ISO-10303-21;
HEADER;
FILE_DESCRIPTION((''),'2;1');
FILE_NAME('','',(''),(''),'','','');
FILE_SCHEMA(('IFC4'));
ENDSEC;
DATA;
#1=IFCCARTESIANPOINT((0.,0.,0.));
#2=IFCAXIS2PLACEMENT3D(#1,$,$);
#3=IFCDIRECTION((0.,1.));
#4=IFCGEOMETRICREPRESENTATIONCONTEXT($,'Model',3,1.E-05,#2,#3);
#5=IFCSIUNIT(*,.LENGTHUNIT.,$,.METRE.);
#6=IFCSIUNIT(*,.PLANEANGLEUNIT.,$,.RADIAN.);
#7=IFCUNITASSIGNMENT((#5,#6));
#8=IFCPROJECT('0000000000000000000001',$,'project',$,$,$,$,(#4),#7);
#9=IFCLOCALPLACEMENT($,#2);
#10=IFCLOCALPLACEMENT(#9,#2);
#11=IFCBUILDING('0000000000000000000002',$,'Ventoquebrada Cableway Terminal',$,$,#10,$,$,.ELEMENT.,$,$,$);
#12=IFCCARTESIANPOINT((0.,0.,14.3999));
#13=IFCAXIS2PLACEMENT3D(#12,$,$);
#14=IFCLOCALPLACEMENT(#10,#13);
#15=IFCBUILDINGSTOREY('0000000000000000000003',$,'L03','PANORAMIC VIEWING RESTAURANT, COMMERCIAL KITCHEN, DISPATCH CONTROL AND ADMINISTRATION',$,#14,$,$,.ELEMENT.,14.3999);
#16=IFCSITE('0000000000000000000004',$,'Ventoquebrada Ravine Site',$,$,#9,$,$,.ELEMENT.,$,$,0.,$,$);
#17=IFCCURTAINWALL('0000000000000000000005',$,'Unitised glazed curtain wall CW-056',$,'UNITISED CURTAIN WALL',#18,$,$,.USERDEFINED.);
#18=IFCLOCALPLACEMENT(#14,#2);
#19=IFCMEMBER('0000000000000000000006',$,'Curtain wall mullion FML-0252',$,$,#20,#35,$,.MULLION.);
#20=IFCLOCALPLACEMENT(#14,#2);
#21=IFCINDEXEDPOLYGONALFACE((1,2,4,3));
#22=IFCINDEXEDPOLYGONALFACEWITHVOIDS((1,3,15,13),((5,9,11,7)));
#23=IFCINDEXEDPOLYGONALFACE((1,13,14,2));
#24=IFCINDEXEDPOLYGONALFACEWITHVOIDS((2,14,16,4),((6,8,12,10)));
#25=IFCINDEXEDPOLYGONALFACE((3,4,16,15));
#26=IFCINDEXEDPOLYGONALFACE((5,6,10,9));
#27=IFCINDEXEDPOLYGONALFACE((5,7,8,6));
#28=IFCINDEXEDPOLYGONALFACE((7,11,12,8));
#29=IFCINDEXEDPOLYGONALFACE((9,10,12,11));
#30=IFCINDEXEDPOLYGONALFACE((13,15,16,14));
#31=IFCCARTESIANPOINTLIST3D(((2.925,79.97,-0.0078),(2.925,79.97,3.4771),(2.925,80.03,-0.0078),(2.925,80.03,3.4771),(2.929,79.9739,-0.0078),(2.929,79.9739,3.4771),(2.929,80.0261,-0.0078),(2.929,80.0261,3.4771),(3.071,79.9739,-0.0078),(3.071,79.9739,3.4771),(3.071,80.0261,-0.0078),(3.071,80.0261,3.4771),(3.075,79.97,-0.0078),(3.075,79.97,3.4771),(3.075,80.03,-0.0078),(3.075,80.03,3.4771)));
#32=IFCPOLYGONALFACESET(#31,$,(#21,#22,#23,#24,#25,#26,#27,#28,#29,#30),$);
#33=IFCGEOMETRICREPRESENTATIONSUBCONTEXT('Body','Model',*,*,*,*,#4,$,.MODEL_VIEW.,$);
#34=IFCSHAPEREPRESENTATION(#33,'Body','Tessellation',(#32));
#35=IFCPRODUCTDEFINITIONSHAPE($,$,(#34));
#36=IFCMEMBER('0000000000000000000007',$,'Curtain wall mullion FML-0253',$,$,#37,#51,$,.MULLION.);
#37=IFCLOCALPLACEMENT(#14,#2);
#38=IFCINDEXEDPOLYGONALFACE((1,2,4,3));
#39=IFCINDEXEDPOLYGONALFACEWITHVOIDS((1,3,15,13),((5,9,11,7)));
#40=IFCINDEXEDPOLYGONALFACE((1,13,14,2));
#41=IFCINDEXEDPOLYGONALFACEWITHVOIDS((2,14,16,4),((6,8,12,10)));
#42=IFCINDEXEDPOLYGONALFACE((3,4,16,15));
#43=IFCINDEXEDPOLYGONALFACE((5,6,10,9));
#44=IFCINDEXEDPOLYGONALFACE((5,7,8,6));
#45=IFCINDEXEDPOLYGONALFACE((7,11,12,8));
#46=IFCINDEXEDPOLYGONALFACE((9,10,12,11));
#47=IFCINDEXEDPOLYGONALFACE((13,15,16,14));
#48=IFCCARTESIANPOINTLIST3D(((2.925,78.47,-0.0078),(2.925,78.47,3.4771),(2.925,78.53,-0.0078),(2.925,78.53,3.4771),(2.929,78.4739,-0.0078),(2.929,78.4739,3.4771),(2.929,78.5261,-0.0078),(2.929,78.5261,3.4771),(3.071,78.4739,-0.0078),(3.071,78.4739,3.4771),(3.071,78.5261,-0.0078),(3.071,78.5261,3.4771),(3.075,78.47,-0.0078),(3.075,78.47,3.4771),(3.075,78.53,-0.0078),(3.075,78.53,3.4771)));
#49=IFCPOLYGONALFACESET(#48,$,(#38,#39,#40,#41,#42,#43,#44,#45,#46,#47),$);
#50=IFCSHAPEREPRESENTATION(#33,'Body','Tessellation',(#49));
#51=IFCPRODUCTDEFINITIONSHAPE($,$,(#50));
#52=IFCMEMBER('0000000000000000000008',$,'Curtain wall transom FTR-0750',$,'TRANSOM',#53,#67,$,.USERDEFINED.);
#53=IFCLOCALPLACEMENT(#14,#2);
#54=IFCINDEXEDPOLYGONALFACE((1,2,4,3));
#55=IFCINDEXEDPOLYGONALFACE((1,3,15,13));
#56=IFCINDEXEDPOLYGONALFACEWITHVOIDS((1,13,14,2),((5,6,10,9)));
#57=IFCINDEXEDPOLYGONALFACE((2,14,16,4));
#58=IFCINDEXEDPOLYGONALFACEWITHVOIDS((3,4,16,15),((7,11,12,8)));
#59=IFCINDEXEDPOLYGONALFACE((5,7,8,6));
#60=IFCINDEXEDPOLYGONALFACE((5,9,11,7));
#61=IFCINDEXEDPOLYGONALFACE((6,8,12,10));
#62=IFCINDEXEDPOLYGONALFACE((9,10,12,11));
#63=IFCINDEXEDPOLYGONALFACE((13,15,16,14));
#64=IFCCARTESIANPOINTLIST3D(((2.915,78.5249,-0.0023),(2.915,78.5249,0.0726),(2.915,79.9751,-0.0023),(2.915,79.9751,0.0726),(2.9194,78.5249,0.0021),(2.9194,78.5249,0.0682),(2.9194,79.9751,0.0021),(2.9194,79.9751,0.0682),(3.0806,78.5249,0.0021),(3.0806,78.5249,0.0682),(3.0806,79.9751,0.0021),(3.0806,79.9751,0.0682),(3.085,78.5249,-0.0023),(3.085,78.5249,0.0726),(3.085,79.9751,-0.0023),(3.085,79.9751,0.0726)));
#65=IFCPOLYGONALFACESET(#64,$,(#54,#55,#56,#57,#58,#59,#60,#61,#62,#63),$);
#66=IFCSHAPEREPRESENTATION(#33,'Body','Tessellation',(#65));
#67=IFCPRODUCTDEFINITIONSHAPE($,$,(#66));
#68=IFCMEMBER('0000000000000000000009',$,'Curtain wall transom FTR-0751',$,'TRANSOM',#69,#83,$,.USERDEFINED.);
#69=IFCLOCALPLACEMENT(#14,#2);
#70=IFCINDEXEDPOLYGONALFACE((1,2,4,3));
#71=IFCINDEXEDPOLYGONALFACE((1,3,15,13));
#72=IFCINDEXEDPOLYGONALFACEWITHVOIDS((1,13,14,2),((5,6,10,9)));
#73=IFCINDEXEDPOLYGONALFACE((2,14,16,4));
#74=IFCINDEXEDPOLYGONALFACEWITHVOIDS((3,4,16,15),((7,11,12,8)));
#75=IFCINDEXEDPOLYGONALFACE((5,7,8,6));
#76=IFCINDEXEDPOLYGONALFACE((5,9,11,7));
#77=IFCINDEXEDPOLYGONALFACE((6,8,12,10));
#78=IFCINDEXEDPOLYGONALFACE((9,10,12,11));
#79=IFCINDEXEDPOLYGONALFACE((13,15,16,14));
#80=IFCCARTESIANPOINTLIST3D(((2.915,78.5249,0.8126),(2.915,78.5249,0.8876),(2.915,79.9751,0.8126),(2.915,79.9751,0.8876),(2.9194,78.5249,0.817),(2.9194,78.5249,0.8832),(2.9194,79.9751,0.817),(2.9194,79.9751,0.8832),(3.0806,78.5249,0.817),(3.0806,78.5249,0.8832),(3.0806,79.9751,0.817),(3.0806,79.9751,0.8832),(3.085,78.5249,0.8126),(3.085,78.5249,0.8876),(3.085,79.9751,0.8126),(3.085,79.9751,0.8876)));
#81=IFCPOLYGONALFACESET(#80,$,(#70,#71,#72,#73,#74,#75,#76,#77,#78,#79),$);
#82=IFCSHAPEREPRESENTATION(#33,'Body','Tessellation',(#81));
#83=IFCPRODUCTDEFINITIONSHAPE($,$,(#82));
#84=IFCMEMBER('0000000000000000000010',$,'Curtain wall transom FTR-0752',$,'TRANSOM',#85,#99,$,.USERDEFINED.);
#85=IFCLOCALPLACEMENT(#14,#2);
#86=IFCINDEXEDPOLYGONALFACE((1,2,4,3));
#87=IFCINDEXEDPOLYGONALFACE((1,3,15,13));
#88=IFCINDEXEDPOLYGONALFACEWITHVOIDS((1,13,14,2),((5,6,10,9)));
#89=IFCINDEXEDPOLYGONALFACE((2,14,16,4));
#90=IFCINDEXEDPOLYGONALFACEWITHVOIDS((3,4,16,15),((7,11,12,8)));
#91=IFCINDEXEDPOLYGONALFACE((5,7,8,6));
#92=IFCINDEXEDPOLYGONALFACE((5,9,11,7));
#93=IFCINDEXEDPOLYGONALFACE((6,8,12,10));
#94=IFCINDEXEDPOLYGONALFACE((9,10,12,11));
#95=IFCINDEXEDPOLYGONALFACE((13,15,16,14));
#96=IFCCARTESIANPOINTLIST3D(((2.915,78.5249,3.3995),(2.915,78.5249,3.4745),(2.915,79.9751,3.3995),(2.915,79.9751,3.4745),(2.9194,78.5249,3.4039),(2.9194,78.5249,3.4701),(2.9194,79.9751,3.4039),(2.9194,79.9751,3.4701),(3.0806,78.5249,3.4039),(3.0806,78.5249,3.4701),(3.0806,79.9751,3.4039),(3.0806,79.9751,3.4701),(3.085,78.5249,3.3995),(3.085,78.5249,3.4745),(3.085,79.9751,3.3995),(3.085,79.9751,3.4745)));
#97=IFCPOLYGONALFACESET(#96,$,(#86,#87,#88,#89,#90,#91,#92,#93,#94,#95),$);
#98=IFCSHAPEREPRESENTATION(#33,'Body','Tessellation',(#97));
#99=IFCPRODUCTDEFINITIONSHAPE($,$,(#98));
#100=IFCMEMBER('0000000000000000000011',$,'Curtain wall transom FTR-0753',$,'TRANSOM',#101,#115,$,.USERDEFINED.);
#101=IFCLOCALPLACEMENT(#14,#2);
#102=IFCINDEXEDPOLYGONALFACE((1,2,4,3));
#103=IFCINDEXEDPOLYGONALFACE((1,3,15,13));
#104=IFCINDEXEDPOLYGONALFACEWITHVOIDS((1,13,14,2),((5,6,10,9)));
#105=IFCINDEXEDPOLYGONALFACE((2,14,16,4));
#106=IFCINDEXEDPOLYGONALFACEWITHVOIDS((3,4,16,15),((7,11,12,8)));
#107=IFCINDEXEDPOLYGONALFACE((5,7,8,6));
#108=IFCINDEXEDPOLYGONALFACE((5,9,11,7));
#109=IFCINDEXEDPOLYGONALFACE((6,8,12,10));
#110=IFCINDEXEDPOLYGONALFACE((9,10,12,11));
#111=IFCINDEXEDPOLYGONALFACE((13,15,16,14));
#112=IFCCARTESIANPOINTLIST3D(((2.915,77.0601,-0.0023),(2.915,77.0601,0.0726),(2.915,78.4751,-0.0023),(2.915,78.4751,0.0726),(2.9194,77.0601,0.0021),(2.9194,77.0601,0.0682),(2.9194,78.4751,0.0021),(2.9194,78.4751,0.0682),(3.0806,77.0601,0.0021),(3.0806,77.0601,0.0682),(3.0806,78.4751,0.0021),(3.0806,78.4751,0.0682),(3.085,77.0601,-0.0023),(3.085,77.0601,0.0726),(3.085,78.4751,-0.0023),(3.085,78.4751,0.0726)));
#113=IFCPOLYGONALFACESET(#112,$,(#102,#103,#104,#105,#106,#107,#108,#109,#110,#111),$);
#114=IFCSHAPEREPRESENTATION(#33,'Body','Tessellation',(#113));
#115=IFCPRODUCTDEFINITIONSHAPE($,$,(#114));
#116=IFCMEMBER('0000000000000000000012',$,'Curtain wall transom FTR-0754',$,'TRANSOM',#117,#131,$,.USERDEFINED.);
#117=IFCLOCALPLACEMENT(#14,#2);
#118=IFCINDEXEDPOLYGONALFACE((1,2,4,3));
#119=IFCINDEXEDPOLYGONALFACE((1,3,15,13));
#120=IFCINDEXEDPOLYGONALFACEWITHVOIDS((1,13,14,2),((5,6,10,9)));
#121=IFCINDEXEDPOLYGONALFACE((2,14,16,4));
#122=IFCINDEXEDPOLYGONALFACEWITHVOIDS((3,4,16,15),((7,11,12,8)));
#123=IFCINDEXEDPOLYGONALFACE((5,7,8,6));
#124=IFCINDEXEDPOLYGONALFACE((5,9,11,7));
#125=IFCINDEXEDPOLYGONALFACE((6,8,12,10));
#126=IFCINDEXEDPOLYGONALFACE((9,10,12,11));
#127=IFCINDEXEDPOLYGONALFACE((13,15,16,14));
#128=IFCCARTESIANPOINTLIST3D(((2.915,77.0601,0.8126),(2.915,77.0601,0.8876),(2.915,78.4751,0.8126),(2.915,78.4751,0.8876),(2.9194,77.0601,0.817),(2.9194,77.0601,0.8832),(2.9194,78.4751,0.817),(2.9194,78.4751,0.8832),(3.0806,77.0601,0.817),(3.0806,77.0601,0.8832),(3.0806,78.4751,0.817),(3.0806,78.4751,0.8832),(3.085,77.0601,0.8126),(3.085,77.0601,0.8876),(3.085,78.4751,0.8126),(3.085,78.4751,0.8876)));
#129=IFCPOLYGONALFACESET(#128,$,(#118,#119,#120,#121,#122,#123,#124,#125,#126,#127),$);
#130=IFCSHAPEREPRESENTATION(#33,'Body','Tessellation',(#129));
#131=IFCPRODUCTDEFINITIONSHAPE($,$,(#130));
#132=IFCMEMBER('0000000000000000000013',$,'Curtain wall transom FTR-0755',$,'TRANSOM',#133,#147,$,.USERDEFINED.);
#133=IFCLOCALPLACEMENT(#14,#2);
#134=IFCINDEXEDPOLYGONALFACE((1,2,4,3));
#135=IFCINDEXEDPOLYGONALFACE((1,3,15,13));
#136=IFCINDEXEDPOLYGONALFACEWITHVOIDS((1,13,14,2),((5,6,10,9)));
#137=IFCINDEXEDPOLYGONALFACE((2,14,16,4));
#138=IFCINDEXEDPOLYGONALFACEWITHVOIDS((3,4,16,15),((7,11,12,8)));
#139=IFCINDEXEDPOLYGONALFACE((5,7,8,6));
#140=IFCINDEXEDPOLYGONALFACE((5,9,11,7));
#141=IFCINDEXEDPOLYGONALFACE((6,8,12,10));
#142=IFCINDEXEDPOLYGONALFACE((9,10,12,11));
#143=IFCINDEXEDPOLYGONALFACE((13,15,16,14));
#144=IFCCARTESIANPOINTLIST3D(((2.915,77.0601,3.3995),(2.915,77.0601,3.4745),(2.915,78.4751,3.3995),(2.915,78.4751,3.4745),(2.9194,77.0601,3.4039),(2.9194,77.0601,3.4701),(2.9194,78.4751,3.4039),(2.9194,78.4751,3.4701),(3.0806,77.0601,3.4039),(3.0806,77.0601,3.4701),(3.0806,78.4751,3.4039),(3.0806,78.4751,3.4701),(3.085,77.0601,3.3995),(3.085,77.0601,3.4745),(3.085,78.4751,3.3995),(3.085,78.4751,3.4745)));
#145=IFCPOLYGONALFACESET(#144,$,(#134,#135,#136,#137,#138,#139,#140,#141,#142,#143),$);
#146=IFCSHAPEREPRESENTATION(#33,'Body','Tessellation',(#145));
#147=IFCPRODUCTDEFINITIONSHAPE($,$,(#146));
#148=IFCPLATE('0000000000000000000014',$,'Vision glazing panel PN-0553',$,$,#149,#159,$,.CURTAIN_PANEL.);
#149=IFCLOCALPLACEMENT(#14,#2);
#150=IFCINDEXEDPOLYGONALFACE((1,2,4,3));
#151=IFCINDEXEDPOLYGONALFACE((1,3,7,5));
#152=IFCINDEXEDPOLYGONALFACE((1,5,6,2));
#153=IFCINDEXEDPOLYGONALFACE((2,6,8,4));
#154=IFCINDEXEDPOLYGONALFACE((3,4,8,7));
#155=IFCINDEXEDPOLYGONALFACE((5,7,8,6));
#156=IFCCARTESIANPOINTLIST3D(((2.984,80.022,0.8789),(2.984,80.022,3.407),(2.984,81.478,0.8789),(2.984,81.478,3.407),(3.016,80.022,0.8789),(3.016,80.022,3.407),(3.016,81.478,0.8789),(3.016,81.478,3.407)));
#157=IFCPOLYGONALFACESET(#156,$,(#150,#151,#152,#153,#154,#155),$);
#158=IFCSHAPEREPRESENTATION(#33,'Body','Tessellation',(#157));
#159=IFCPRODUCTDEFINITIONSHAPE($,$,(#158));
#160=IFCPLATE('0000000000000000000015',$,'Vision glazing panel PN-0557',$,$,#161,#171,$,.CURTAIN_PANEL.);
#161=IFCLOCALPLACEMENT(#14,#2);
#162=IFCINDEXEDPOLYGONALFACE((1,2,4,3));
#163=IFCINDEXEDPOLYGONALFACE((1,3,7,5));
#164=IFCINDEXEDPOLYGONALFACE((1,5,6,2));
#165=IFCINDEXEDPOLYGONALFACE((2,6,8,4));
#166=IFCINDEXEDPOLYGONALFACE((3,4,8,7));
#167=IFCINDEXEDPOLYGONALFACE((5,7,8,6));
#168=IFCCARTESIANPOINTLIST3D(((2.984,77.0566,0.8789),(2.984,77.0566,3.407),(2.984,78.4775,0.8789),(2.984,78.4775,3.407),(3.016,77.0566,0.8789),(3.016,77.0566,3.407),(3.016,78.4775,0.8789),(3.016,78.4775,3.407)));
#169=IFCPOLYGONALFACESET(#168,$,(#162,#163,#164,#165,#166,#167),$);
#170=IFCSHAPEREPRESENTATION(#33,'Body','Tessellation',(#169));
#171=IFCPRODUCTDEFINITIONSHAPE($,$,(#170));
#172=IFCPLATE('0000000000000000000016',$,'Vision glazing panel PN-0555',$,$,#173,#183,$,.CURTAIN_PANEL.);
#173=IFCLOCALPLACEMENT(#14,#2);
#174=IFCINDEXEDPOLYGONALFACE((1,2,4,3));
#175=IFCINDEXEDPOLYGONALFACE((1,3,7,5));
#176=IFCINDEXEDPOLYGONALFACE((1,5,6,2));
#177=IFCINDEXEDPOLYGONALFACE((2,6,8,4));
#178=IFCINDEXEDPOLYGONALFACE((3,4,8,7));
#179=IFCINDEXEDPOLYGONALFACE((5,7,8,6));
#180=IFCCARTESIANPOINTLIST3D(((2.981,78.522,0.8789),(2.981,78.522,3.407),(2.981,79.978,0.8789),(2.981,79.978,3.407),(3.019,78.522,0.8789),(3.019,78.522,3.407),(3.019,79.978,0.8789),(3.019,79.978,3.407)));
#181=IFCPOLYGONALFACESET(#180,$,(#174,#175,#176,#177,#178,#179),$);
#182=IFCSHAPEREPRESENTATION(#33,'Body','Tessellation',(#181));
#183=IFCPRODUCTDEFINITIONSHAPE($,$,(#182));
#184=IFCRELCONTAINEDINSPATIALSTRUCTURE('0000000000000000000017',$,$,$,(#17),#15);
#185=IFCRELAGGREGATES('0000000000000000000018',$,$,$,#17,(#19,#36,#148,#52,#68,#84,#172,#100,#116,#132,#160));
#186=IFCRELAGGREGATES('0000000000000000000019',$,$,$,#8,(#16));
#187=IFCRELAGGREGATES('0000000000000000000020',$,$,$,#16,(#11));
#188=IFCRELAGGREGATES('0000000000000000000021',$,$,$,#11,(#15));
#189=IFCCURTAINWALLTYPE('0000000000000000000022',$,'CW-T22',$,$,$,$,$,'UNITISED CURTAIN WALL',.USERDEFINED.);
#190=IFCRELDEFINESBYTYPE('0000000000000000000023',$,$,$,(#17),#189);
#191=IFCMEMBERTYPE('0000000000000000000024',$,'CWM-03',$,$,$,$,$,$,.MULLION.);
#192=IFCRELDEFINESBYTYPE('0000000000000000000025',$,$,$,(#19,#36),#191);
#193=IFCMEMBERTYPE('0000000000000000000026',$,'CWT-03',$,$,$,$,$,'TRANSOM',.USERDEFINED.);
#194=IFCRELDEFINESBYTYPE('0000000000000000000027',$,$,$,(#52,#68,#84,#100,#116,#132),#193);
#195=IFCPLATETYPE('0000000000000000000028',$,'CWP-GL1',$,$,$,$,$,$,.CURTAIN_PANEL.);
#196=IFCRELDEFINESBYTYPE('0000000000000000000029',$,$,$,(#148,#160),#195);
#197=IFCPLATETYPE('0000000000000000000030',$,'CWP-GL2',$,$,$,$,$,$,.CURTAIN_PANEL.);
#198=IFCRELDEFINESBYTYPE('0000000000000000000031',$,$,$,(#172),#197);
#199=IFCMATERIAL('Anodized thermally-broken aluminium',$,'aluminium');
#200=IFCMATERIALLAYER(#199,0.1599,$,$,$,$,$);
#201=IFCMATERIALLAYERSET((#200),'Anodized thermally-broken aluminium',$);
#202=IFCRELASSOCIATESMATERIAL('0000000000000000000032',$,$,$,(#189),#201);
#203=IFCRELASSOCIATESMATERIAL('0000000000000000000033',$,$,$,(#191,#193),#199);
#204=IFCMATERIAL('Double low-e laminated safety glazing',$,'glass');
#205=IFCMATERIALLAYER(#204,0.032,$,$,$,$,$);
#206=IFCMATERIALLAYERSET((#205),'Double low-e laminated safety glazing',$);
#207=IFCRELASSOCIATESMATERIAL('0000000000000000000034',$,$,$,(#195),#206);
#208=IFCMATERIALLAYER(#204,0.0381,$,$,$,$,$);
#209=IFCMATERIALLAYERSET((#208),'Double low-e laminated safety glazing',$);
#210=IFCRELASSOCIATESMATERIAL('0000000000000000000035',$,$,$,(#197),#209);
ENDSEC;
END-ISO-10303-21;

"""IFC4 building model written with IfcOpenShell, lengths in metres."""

from ifc_helpers import new_model, si_unit, direction, frame, origin, origin_2d, place, context, subcontext, project, spatial, rectangle, hollow_rectangle, extrude, material, layer, layer_set, material_profile, profile_set, type_object, element, aggregate, save


model = new_model("IFC4")

# Units and contexts
model_context = context("Model", 3, precision=1e-05, world=origin(), true_north=direction((0.0, 1.0)))
body_context = subcontext(model_context, "Body", "Model", "MODEL_VIEW")
ifc_project = project(units=[si_unit("LENGTHUNIT", "METRE"), si_unit("PLANEANGLEUNIT", "RADIAN")], contexts=[model_context])

# Site, building, storey
site_placement = place(None, origin())
site = spatial("IfcSite", under=ifc_project, at=site_placement, Name="Ventoquebrada Ravine Site", CompositionType="ELEMENT", RefElevation=0.0)
building_placement = place(site_placement, origin())
building = spatial("IfcBuilding", under=site, at=building_placement, Name="Ventoquebrada Cableway Terminal", CompositionType="ELEMENT")
storey_placement = place(building_placement, frame((0.0, 0.0, 14.3999)))
storey = spatial("IfcBuildingStorey", under=building, at=storey_placement, Name="L03", Description="PANORAMIC VIEWING RESTAURANT, COMMERCIAL KITCHEN, DISPATCH CONTROL AND ADMINISTRATION", CompositionType="ELEMENT", Elevation=14.3999)

# Curtain wall, members, plates
ifc_material_1 = material(Name="Anodized thermally-broken aluminium", Category="aluminium")
ifc_layer_1 = layer(ifc_material_1, 0.1599)
ifc_layer_set_1 = layer_set([ifc_layer_1], Name="Anodized thermally-broken aluminium")
curtain_wall_type = type_object("IfcCurtainWallType", Name="CW-T22", ElementType="UNITISED CURTAIN WALL", PredefinedType="USERDEFINED", material=ifc_layer_set_1)
curtain_wall_placement = place(storey_placement, origin())
curtain_wall = element("IfcCurtainWall", 1, at=curtain_wall_placement, inside=storey, type_object=curtain_wall_type, Name="Unitised glazed curtain wall CW-056", ObjectType="UNITISED CURTAIN WALL", PredefinedType="USERDEFINED")
ifc_material_profile_1 = material_profile(ifc_material_1, hollow_rectangle(XDim=0.0601, YDim=0.1499, WallThickness=0.0039, at=origin_2d()), Name="CW-MUL-60X150")
ifc_profile_set_1 = profile_set([ifc_material_profile_1], Name="Anodized thermally-broken aluminium")
member_type_1 = type_object("IfcMemberType", Name="CWM-03", PredefinedType="MULLION", material=ifc_profile_set_1)
member_1_placement = place(storey_placement, frame((3.0, 80.0, -0.0078), z_axis=(0.0, 0.0, 1.0), x_axis=(0.0, -1.0, 0.0)))
member_1 = element("IfcMember", 2, at=member_1_placement, type_object=member_type_1, Name="Curtain wall mullion FML-0252", PredefinedType="MULLION", context=body_context, shape_type="SweptSolid", body=[
    extrude(hollow_rectangle(XDim=0.0601, YDim=0.1499, WallThickness=0.0039, at=origin_2d()), origin(), (0.0, 0.0, 1.0), 3.4849),
])
member_2_placement = place(storey_placement, frame((3.0, 78.5, -0.0078), z_axis=(0.0, 0.0, 1.0), x_axis=(0.0, -1.0, 0.0)))
member_2 = element("IfcMember", 3, at=member_2_placement, type_object=member_type_1, Name="Curtain wall mullion FML-0253", PredefinedType="MULLION", context=body_context, shape_type="SweptSolid", body=[
    extrude(hollow_rectangle(XDim=0.0601, YDim=0.1499, WallThickness=0.0039, at=origin_2d()), origin(), (0.0, 0.0, 1.0), 3.4849),
])
ifc_material_profile_2 = material_profile(ifc_material_1, hollow_rectangle(XDim=0.075, YDim=0.1699, WallThickness=0.0044, at=origin_2d()), Name="CW-TRN-75X170")
ifc_profile_set_2 = profile_set([ifc_material_profile_2], Name="Anodized thermally-broken aluminium")
member_type_2 = type_object("IfcMemberType", Name="CWT-03", ElementType="TRANSOM", PredefinedType="USERDEFINED", material=ifc_profile_set_2)
member_3_placement = place(storey_placement, frame((3.0, 79.9751, 0.0352), z_axis=(0.0, -1.0, 0.0), x_axis=(0.0, 0.0, 1.0)))
member_3 = element("IfcMember", 4, at=member_3_placement, type_object=member_type_2, Name="Curtain wall transom FTR-0750", ObjectType="TRANSOM", PredefinedType="USERDEFINED", context=body_context, shape_type="SweptSolid", body=[
    extrude(hollow_rectangle(XDim=0.075, YDim=0.1699, WallThickness=0.0044, at=origin_2d()), origin(), (0.0, 0.0, 1.0), 1.4502),
])
member_4_placement = place(storey_placement, frame((3.0, 79.9751, 0.8501), z_axis=(0.0, -1.0, 0.0), x_axis=(0.0, 0.0, 1.0)))
member_4 = element("IfcMember", 5, at=member_4_placement, type_object=member_type_2, Name="Curtain wall transom FTR-0751", ObjectType="TRANSOM", PredefinedType="USERDEFINED", context=body_context, shape_type="SweptSolid", body=[
    extrude(hollow_rectangle(XDim=0.075, YDim=0.1699, WallThickness=0.0044, at=origin_2d()), origin(), (0.0, 0.0, 1.0), 1.4502),
])
member_5_placement = place(storey_placement, frame((3.0, 79.9751, 3.437), z_axis=(0.0, -1.0, 0.0), x_axis=(0.0, 0.0, 1.0)))
member_5 = element("IfcMember", 6, at=member_5_placement, type_object=member_type_2, Name="Curtain wall transom FTR-0752", ObjectType="TRANSOM", PredefinedType="USERDEFINED", context=body_context, shape_type="SweptSolid", body=[
    extrude(hollow_rectangle(XDim=0.075, YDim=0.1699, WallThickness=0.0044, at=origin_2d()), origin(), (0.0, 0.0, 1.0), 1.4502),
])
member_6_placement = place(storey_placement, frame((3.0, 78.4751, 0.0352), z_axis=(0.0, -1.0, 0.0), x_axis=(0.0, 0.0, 1.0)))
member_6 = element("IfcMember", 7, at=member_6_placement, type_object=member_type_2, Name="Curtain wall transom FTR-0753", ObjectType="TRANSOM", PredefinedType="USERDEFINED", context=body_context, shape_type="SweptSolid", body=[
    extrude(hollow_rectangle(XDim=0.075, YDim=0.1699, WallThickness=0.0044, at=origin_2d()), origin(), (0.0, 0.0, 1.0), 1.415),
])
member_7_placement = place(storey_placement, frame((3.0, 78.4751, 0.8501), z_axis=(0.0, -1.0, 0.0), x_axis=(0.0, 0.0, 1.0)))
member_7 = element("IfcMember", 8, at=member_7_placement, type_object=member_type_2, Name="Curtain wall transom FTR-0754", ObjectType="TRANSOM", PredefinedType="USERDEFINED", context=body_context, shape_type="SweptSolid", body=[
    extrude(hollow_rectangle(XDim=0.075, YDim=0.1699, WallThickness=0.0044, at=origin_2d()), origin(), (0.0, 0.0, 1.0), 1.415),
])
member_8_placement = place(storey_placement, frame((3.0, 78.4751, 3.437), z_axis=(0.0, -1.0, 0.0), x_axis=(0.0, 0.0, 1.0)))
member_8 = element("IfcMember", 9, at=member_8_placement, type_object=member_type_2, Name="Curtain wall transom FTR-0755", ObjectType="TRANSOM", PredefinedType="USERDEFINED", context=body_context, shape_type="SweptSolid", body=[
    extrude(hollow_rectangle(XDim=0.075, YDim=0.1699, WallThickness=0.0044, at=origin_2d()), origin(), (0.0, 0.0, 1.0), 1.415),
])
ifc_material_2 = material(Name="Double low-e laminated safety glazing", Category="glass")
ifc_layer_2 = layer(ifc_material_2, 0.032)
ifc_layer_set_2 = layer_set([ifc_layer_2], Name="Double low-e laminated safety glazing")
plate_type_1 = type_object("IfcPlateType", Name="CWP-GL1", PredefinedType="CURTAIN_PANEL", material=ifc_layer_set_2)
plate_1_placement = place(storey_placement, frame((3.0, 80.75, 0.8789), z_axis=(0.0, 0.0, 1.0), x_axis=(0.0, -1.0, 0.0)))
plate_1 = element("IfcPlate", 10, at=plate_1_placement, type_object=plate_type_1, Name="Vision glazing panel PN-0553", PredefinedType="CURTAIN_PANEL", context=body_context, shape_type="SweptSolid", body=[
    extrude(rectangle(XDim=1.4561, YDim=0.032, at=origin_2d()), origin(), (0.0, 0.0, 1.0), 2.5281),
])
plate_2_placement = place(storey_placement, frame((3.0, 77.7671, 0.8789), z_axis=(0.0, 0.0, 1.0), x_axis=(0.0, -1.0, 0.0)))
plate_2 = element("IfcPlate", 11, at=plate_2_placement, type_object=plate_type_1, Name="Vision glazing panel PN-0557", PredefinedType="CURTAIN_PANEL", context=body_context, shape_type="SweptSolid", body=[
    extrude(rectangle(XDim=1.4209, YDim=0.032, at=origin_2d()), origin(), (0.0, 0.0, 1.0), 2.5281),
])
ifc_layer_3 = layer(ifc_material_2, 0.0381)
ifc_layer_set_3 = layer_set([ifc_layer_3], Name="Double low-e laminated safety glazing")
plate_type_2 = type_object("IfcPlateType", Name="CWP-GL2", PredefinedType="CURTAIN_PANEL", material=ifc_layer_set_3)
plate_3_placement = place(storey_placement, frame((3.0, 79.25, 0.8789), z_axis=(0.0, 0.0, 1.0), x_axis=(0.0, -1.0, 0.0)))
plate_3 = element("IfcPlate", 12, at=plate_3_placement, type_object=plate_type_2, Name="Vision glazing panel PN-0555", PredefinedType="CURTAIN_PANEL", context=body_context, shape_type="SweptSolid", body=[
    extrude(rectangle(XDim=1.4561, YDim=0.0381, at=origin_2d()), origin(), (0.0, 0.0, 1.0), 2.5281),
])
aggregate(curtain_wall, [member_1, member_2, plate_1, member_3, member_4, member_5, plate_3, member_6, member_7, member_8, plate_2])

save(model, "model.ifc")
